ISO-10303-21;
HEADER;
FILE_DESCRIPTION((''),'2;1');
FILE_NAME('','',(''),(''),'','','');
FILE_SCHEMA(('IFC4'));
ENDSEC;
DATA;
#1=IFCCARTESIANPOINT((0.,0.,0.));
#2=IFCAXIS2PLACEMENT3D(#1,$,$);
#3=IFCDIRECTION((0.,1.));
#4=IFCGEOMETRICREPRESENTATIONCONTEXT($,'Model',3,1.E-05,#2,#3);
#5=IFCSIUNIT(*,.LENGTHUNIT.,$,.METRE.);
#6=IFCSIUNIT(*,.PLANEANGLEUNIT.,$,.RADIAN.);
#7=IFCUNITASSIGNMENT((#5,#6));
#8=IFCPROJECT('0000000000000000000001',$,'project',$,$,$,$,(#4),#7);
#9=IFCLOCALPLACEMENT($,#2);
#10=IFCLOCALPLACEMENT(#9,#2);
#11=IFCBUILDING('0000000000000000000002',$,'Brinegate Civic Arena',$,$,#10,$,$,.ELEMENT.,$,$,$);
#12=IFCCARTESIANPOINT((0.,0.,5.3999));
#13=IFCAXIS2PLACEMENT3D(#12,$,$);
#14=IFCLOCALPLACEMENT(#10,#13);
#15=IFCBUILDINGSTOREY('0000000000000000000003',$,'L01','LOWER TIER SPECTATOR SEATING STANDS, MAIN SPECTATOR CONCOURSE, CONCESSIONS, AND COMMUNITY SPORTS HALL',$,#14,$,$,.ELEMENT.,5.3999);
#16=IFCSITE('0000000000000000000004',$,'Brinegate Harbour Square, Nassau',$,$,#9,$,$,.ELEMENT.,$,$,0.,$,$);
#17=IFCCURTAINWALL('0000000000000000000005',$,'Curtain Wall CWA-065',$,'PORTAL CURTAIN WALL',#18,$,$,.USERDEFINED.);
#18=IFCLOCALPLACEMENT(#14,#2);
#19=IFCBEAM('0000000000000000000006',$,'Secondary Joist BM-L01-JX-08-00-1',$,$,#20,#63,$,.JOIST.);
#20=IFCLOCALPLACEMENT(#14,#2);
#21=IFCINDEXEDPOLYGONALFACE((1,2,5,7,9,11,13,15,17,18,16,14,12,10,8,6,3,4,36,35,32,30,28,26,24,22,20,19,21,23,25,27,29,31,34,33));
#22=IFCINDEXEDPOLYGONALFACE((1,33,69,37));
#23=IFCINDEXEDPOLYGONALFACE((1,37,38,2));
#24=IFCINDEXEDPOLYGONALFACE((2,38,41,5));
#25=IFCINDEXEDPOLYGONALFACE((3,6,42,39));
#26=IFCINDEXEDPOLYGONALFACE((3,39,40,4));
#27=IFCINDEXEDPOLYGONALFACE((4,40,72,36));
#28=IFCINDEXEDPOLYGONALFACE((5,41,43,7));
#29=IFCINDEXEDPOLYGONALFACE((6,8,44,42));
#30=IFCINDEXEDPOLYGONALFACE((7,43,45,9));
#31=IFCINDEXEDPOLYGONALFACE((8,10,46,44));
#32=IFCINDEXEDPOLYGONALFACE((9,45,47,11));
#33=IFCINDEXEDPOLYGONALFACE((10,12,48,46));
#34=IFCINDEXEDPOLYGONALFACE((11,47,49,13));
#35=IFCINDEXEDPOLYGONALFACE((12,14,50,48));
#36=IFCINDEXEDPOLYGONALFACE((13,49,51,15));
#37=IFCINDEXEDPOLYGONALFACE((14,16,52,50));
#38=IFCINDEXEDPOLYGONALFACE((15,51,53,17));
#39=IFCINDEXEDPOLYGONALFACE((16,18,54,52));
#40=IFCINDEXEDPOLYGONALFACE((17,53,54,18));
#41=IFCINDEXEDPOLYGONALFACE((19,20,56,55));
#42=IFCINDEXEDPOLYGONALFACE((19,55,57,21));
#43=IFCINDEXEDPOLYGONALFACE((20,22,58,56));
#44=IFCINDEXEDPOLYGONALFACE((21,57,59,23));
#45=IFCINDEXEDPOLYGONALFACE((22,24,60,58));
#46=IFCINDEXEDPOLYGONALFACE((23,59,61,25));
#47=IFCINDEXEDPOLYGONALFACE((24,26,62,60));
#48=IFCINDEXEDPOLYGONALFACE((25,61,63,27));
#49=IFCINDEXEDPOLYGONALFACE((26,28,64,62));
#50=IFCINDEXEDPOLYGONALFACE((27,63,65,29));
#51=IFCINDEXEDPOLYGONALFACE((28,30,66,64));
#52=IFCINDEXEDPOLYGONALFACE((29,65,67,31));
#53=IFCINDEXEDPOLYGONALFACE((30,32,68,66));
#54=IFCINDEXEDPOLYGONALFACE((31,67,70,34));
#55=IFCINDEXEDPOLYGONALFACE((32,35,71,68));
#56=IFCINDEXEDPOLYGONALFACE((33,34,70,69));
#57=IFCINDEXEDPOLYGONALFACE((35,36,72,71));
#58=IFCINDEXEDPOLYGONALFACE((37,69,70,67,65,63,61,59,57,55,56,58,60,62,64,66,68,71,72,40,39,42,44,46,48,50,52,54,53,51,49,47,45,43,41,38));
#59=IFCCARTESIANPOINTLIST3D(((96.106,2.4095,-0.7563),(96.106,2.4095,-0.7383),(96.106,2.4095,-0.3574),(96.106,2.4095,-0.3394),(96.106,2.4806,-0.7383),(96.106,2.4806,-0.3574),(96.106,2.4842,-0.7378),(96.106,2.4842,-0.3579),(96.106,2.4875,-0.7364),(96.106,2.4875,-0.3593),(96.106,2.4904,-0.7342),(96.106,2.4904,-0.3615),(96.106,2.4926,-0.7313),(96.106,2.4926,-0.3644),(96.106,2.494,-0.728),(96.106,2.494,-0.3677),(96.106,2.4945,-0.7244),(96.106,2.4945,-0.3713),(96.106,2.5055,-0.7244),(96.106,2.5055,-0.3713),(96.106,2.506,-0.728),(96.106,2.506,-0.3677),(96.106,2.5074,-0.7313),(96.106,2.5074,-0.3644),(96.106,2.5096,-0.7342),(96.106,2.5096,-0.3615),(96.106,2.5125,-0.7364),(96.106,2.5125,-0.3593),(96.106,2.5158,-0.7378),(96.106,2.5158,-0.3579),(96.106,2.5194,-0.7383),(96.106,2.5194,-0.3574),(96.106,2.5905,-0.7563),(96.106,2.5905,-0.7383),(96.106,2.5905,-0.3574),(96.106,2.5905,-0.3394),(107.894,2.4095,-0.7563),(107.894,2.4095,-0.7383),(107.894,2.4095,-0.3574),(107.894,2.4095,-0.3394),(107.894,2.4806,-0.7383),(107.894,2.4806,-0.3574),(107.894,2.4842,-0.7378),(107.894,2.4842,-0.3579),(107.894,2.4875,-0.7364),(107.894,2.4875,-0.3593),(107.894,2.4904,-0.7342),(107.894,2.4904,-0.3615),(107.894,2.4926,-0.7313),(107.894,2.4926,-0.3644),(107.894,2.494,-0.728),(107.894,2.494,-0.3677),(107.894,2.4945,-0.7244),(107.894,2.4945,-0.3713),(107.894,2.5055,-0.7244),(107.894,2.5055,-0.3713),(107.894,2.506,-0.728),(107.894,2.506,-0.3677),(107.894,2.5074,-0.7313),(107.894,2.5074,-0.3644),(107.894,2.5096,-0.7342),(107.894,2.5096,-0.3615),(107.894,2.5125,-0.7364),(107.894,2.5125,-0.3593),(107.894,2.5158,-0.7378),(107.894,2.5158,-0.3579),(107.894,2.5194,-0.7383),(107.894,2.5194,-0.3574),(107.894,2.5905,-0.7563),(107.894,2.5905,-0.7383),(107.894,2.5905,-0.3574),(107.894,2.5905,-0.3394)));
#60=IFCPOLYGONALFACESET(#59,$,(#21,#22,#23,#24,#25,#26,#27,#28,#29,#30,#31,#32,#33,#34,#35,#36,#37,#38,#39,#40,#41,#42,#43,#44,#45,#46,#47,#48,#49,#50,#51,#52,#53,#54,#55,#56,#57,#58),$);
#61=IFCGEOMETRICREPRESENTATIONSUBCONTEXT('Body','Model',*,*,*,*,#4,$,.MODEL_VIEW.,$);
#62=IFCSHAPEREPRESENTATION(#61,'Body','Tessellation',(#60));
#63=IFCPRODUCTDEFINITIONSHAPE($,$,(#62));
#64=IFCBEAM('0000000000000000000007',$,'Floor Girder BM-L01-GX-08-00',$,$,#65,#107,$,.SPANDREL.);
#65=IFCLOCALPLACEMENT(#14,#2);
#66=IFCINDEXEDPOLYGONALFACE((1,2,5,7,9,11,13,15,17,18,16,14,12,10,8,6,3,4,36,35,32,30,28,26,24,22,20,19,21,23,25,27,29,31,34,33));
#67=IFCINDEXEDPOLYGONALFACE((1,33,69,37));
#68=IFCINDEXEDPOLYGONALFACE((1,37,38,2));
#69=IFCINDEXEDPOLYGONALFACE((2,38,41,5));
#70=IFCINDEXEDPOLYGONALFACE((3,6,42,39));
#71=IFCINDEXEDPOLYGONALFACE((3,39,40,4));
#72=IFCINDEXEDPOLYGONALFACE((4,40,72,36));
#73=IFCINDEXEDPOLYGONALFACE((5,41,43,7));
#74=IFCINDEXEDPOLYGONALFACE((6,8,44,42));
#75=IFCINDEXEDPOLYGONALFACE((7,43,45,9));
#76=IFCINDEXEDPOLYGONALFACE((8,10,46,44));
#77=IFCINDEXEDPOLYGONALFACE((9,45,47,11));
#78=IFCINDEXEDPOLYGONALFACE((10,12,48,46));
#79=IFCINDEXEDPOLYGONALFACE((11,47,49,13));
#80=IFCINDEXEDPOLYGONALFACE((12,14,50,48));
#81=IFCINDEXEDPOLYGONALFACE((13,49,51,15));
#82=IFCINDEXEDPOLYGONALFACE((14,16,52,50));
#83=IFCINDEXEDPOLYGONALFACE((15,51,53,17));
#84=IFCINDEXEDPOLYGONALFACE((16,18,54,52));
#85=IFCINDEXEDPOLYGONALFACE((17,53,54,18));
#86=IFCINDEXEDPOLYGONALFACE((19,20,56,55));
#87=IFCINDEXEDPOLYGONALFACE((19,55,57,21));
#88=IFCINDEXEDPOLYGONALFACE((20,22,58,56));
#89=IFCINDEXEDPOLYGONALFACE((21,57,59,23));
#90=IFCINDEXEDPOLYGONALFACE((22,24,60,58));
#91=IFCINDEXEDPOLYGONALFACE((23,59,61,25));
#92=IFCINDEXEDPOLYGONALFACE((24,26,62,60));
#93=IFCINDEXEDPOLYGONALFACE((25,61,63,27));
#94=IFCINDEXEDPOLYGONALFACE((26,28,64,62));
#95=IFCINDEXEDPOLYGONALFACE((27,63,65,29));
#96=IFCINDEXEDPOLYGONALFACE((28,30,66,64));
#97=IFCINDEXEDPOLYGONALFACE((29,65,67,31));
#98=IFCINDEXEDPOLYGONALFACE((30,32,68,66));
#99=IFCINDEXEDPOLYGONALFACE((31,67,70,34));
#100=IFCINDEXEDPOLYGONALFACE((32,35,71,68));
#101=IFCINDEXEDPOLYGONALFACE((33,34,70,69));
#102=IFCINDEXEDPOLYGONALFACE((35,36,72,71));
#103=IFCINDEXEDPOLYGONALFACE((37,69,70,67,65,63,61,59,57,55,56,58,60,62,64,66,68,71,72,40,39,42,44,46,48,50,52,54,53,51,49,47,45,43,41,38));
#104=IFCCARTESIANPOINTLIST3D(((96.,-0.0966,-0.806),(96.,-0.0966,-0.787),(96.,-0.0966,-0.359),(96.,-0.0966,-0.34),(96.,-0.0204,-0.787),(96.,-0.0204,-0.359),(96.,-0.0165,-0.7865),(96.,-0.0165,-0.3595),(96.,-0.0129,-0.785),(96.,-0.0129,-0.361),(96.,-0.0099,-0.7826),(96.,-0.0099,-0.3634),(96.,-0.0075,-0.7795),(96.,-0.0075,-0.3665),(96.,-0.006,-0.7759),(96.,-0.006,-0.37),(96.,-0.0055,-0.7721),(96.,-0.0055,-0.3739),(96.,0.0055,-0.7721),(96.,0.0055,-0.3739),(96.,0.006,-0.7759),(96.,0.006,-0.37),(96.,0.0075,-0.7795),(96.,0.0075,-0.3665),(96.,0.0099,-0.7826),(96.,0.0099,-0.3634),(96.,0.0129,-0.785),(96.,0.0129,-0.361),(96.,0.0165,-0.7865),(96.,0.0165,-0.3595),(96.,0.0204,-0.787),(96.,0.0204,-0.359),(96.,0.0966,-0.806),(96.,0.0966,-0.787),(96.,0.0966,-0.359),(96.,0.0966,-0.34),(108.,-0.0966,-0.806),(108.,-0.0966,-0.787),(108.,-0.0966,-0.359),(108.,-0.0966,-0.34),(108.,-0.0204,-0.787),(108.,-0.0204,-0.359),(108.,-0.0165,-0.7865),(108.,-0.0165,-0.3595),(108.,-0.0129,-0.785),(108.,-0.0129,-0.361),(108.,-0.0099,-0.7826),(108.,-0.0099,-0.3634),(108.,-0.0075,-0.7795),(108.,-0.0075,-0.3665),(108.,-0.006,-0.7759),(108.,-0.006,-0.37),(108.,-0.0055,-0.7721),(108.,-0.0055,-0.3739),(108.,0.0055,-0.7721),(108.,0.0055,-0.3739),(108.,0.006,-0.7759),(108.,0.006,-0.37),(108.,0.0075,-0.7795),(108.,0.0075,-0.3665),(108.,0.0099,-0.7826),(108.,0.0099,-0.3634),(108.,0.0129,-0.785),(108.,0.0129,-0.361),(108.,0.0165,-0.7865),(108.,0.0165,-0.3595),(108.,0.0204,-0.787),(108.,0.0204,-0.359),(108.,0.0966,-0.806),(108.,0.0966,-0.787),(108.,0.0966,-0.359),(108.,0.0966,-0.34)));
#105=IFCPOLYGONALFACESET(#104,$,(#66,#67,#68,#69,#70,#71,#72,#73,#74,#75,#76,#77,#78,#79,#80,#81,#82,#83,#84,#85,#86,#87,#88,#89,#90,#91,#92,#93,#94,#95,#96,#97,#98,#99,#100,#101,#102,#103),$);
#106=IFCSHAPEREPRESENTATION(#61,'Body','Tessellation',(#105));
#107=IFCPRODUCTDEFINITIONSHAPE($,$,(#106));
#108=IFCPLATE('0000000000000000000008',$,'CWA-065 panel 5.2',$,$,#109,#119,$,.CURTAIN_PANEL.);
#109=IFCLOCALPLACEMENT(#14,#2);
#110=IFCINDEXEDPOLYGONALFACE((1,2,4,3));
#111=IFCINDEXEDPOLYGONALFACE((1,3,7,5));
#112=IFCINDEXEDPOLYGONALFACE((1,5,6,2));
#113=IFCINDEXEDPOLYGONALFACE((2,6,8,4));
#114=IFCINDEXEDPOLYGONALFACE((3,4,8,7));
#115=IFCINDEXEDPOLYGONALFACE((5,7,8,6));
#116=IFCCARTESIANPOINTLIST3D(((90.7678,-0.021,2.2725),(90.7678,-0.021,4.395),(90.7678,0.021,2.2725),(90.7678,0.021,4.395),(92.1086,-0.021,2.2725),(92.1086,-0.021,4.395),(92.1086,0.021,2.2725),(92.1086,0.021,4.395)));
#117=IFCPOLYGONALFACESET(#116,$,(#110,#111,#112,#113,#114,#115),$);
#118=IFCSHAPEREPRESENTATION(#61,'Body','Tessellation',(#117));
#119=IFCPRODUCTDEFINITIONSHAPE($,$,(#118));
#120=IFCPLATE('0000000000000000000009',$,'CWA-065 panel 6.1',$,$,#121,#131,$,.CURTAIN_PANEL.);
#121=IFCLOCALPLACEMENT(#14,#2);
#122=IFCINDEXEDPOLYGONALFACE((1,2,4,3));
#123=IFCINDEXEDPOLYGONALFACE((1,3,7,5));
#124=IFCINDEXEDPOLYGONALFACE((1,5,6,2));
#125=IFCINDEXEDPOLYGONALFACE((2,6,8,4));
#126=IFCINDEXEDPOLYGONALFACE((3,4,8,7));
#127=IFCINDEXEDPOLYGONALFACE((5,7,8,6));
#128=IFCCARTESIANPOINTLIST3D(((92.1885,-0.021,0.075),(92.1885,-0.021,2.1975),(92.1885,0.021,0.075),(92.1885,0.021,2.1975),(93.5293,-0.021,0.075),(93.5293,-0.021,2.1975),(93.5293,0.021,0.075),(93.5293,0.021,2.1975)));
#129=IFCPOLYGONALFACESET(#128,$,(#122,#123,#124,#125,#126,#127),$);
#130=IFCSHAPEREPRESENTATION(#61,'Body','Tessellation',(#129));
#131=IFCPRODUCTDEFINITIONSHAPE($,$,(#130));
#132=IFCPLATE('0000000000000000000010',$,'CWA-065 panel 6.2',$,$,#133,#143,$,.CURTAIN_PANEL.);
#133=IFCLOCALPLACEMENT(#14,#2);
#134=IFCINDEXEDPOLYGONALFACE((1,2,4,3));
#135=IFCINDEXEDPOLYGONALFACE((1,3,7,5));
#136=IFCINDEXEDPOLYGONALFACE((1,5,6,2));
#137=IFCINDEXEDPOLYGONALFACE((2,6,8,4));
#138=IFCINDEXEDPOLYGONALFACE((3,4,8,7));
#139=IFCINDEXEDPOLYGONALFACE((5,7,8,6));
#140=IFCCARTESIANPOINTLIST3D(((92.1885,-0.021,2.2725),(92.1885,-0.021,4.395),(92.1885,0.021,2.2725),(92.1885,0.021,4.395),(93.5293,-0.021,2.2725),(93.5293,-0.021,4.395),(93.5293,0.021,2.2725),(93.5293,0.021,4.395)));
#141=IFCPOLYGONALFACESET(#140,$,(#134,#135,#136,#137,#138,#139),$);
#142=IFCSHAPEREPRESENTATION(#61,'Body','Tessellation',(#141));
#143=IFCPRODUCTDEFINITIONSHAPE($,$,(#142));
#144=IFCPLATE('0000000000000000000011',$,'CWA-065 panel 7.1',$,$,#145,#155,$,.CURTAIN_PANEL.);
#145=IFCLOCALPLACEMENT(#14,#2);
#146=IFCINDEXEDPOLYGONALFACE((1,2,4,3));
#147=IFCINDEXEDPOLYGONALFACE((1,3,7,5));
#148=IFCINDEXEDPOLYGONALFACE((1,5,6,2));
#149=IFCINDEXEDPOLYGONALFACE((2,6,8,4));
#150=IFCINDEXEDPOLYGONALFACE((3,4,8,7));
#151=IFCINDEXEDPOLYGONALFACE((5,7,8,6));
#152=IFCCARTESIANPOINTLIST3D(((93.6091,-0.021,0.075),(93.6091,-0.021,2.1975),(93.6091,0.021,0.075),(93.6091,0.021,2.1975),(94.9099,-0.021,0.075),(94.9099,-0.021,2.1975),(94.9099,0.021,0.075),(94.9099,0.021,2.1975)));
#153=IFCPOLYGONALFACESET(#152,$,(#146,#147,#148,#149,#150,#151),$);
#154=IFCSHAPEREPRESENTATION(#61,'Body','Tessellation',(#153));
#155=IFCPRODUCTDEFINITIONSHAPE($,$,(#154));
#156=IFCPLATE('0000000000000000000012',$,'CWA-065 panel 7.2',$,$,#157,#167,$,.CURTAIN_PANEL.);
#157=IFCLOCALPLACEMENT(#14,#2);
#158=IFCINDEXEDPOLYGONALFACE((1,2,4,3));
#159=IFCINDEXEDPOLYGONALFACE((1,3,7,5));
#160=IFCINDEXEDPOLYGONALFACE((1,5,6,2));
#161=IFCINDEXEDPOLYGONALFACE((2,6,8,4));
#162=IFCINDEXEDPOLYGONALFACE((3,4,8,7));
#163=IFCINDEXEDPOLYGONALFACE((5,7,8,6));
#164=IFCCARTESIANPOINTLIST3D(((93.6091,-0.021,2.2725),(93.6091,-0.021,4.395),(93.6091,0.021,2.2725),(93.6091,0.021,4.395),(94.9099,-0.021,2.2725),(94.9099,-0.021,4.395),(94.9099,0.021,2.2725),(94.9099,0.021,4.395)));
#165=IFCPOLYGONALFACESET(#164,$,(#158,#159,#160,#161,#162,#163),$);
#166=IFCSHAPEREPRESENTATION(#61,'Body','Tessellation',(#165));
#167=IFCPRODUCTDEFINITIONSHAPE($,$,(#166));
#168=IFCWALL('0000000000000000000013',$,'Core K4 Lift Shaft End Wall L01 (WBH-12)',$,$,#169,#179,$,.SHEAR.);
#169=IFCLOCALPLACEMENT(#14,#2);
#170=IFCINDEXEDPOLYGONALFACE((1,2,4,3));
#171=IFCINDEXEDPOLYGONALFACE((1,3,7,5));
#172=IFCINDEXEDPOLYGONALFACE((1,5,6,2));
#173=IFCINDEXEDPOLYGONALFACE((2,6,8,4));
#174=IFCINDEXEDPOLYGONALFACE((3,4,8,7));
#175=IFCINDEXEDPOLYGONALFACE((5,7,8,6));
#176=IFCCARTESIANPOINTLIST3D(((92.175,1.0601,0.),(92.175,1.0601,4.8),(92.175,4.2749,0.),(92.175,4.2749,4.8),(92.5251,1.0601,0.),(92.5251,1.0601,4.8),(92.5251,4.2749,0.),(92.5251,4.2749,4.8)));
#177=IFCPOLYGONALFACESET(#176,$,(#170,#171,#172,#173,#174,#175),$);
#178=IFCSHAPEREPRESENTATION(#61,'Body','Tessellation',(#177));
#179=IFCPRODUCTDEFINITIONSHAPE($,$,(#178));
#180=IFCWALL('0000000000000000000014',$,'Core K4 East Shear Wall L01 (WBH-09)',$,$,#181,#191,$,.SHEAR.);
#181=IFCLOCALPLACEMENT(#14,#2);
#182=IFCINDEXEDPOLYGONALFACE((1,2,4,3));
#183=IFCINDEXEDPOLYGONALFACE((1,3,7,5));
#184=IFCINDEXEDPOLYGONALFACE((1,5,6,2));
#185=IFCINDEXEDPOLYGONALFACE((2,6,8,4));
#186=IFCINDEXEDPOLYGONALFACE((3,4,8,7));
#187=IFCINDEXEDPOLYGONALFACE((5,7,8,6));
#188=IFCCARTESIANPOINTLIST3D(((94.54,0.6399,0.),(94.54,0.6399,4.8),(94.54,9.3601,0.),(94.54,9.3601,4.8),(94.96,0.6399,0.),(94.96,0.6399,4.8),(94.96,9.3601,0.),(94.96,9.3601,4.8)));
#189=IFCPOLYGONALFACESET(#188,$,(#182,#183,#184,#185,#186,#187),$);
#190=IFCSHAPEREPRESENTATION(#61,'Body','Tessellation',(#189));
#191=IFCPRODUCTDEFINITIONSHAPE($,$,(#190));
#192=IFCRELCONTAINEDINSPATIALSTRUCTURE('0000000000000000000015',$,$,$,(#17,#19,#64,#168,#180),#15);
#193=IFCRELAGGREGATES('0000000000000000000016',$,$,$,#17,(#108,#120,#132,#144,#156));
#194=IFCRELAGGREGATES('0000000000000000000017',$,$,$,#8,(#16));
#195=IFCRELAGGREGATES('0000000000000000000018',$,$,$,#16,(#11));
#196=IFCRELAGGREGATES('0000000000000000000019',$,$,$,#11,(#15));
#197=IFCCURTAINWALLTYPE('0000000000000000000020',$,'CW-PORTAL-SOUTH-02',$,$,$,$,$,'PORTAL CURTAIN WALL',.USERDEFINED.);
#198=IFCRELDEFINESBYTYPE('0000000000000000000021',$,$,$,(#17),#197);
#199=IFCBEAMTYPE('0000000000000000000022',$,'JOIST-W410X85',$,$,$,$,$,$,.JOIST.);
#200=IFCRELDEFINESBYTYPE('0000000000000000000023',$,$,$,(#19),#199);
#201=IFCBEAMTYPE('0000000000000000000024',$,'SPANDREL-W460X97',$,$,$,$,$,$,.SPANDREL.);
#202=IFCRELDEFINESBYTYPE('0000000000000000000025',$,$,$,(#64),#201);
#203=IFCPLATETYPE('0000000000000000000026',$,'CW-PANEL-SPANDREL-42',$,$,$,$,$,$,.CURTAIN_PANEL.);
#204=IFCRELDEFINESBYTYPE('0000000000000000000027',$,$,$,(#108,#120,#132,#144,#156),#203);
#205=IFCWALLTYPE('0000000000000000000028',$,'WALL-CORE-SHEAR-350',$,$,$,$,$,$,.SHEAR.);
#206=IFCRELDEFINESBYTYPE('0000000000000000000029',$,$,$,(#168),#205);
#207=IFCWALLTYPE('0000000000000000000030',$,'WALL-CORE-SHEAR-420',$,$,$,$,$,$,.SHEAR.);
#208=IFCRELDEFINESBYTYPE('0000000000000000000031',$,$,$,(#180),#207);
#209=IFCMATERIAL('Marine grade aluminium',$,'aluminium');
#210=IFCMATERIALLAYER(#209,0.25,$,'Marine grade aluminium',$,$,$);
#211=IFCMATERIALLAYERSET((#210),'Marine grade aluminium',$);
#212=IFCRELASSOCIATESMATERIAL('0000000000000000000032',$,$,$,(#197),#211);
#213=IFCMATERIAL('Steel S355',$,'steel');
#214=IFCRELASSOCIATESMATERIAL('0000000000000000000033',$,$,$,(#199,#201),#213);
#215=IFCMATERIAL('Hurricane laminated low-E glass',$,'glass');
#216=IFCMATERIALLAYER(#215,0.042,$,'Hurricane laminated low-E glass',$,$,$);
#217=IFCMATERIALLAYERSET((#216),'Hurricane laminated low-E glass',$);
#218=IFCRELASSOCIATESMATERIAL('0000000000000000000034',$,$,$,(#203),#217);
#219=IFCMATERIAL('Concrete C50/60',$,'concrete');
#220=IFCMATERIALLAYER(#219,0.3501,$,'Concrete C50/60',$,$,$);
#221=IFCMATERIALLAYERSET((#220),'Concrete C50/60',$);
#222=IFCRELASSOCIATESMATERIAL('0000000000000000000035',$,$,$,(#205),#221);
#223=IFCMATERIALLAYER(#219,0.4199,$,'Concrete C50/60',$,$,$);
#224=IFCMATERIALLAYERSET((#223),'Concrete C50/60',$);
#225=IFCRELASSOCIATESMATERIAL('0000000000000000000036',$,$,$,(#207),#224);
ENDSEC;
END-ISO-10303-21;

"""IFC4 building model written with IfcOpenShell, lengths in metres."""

from ifc_helpers import new_model, si_unit, direction, frame, frame_2d, origin, origin_2d, place, context, subcontext, project, spatial, rectangle, i_section, extrude, material, layer, layer_set, material_profile, profile_set, type_object, element, aggregate, save


model = new_model("IFC4")

# Units and contexts
model_context = context("Model", 3, precision=1e-05, world=origin(), true_north=direction((0.0, 1.0)))
body_context = subcontext(model_context, "Body", "Model", "MODEL_VIEW")
ifc_project = project(units=[si_unit("LENGTHUNIT", "METRE"), si_unit("PLANEANGLEUNIT", "RADIAN")], contexts=[model_context])

# Site, building, storey
site_placement = place(None, origin())
site = spatial("IfcSite", under=ifc_project, at=site_placement, Name="Brinegate Harbour Square, Nassau", CompositionType="ELEMENT", RefElevation=0.0)
building_placement = place(site_placement, origin())
building = spatial("IfcBuilding", under=site, at=building_placement, Name="Brinegate Civic Arena", CompositionType="ELEMENT")
storey_placement = place(building_placement, frame((0.0, 0.0, 5.3999)))
storey = spatial("IfcBuildingStorey", under=building, at=storey_placement, Name="L01", Description="LOWER TIER SPECTATOR SEATING STANDS, MAIN SPECTATOR CONCOURSE, CONCESSIONS, AND COMMUNITY SPORTS HALL", CompositionType="ELEMENT", Elevation=5.3999)

# Shared definitions
ifc_material_1 = material(Name="Concrete C50/60", Category="concrete")

# Curtain wall
ifc_material_2 = material(Name="Marine grade aluminium", Category="aluminium")
ifc_layer_1 = layer(ifc_material_2, 0.25, Name="Marine grade aluminium")
ifc_layer_set_1 = layer_set([ifc_layer_1], Name="Marine grade aluminium")
curtain_wall_type = type_object("IfcCurtainWallType", Name="CW-PORTAL-SOUTH-02", ElementType="PORTAL CURTAIN WALL", PredefinedType="USERDEFINED", material=ifc_layer_set_1)
curtain_wall_placement = place(storey_placement, origin())
curtain_wall = element("IfcCurtainWall", 1, at=curtain_wall_placement, inside=storey, type_object=curtain_wall_type, Name="Curtain Wall CWA-065", ObjectType="PORTAL CURTAIN WALL", PredefinedType="USERDEFINED")

# Beams
ifc_material_3 = material(Name="Steel S355", Category="steel")
ifc_material_profile_1 = material_profile(ifc_material_3, i_section(OverallWidth=0.1809, OverallDepth=0.417, WebThickness=0.011, FlangeThickness=0.0181, FilletRadius=0.0139, at=origin_2d()), Name="W410X85")
ifc_profile_set_1 = profile_set([ifc_material_profile_1], Name="Steel S355")
beam_type_1 = type_object("IfcBeamType", Name="JOIST-W410X85", PredefinedType="JOIST", material=ifc_profile_set_1)
beam_1_placement = place(storey_placement, frame((96.106, 2.5, -0.5479), z_axis=(1.0, 0.0, 0.0), x_axis=(0.0, 1.0, 0.0)))
element("IfcBeam", 2, at=beam_1_placement, inside=storey, type_object=beam_type_1, Name="Secondary Joist BM-L01-JX-08-00-1", PredefinedType="JOIST", context=body_context, shape_type="SweptSolid", body=[
    extrude(i_section(OverallWidth=0.1809, OverallDepth=0.417, WebThickness=0.011, FlangeThickness=0.0181, FilletRadius=0.0139, at=origin_2d()), origin(), (0.0, 0.0, 1.0), 11.7881),
])
ifc_material_profile_2 = material_profile(ifc_material_3, i_section(OverallWidth=0.1931, OverallDepth=0.4661, WebThickness=0.011, FlangeThickness=0.019, FilletRadius=0.0149, at=origin_2d()), Name="W460X97")
ifc_profile_set_2 = profile_set([ifc_material_profile_2], Name="Steel S355")
beam_type_2 = type_object("IfcBeamType", Name="SPANDREL-W460X97", PredefinedType="SPANDREL", material=ifc_profile_set_2)
beam_2_placement = place(storey_placement, frame((96.0, 0.0, -0.573), z_axis=(1.0, 0.0, 0.0), x_axis=(0.0, 1.0, 0.0)))
element("IfcBeam", 3, at=beam_2_placement, inside=storey, type_object=beam_type_2, Name="Floor Girder BM-L01-GX-08-00", PredefinedType="SPANDREL", context=body_context, shape_type="SweptSolid", body=[
    extrude(i_section(OverallWidth=0.1931, OverallDepth=0.4661, WebThickness=0.011, FlangeThickness=0.019, FilletRadius=0.0149, at=origin_2d()), origin(), (0.0, 0.0, 1.0), 12.0),
])

# Plates
ifc_material_4 = material(Name="Hurricane laminated low-E glass", Category="glass")
ifc_layer_2 = layer(ifc_material_4, 0.042, Name="Hurricane laminated low-E glass")
ifc_layer_set_2 = layer_set([ifc_layer_2], Name="Hurricane laminated low-E glass")
plate_type = type_object("IfcPlateType", Name="CW-PANEL-SPANDREL-42", PredefinedType="CURTAIN_PANEL", material=ifc_layer_set_2)
plate_1_placement = place(storey_placement, frame((91.4382, 0.0, 2.2725), z_axis=(0.0, 0.0, 1.0), x_axis=(1.0, 0.0, 0.0)))
plate_1 = element("IfcPlate", 4, at=plate_1_placement, type_object=plate_type, Name="CWA-065 panel 5.2", PredefinedType="CURTAIN_PANEL", context=body_context, shape_type="SweptSolid", body=[
    extrude(rectangle(XDim=1.3408, YDim=0.042, at=origin_2d()), origin(), (0.0, 0.0, 1.0), 2.1226),
])
plate_2_placement = place(storey_placement, frame((92.8589, 0.0, 0.075), z_axis=(0.0, 0.0, 1.0), x_axis=(1.0, 0.0, 0.0)))
plate_2 = element("IfcPlate", 5, at=plate_2_placement, type_object=plate_type, Name="CWA-065 panel 6.1", PredefinedType="CURTAIN_PANEL", context=body_context, shape_type="SweptSolid", body=[
    extrude(rectangle(XDim=1.3408, YDim=0.042, at=origin_2d()), origin(), (0.0, 0.0, 1.0), 2.1226),
])
plate_3_placement = place(storey_placement, frame((92.8589, 0.0, 2.2725), z_axis=(0.0, 0.0, 1.0), x_axis=(1.0, 0.0, 0.0)))
plate_3 = element("IfcPlate", 6, at=plate_3_placement, type_object=plate_type, Name="CWA-065 panel 6.2", PredefinedType="CURTAIN_PANEL", context=body_context, shape_type="SweptSolid", body=[
    extrude(rectangle(XDim=1.3408, YDim=0.042, at=origin_2d()), origin(), (0.0, 0.0, 1.0), 2.1226),
])
plate_4_placement = place(storey_placement, frame((94.2595, 0.0, 0.075), z_axis=(0.0, 0.0, 1.0), x_axis=(1.0, 0.0, 0.0)))
plate_4 = element("IfcPlate", 7, at=plate_4_placement, type_object=plate_type, Name="CWA-065 panel 7.1", PredefinedType="CURTAIN_PANEL", context=body_context, shape_type="SweptSolid", body=[
    extrude(rectangle(XDim=1.3008, YDim=0.042, at=origin_2d()), origin(), (0.0, 0.0, 1.0), 2.1226),
])
plate_5_placement = place(storey_placement, frame((94.2595, 0.0, 2.2725), z_axis=(0.0, 0.0, 1.0), x_axis=(1.0, 0.0, 0.0)))
plate_5 = element("IfcPlate", 8, at=plate_5_placement, type_object=plate_type, Name="CWA-065 panel 7.2", PredefinedType="CURTAIN_PANEL", context=body_context, shape_type="SweptSolid", body=[
    extrude(rectangle(XDim=1.3008, YDim=0.042, at=origin_2d()), origin(), (0.0, 0.0, 1.0), 2.1226),
])
aggregate(curtain_wall, [plate_1, plate_2, plate_3, plate_4, plate_5])

# Walls
ifc_layer_3 = layer(ifc_material_1, 0.3501, Name="Concrete C50/60")
ifc_layer_set_3 = layer_set([ifc_layer_3], Name="Concrete C50/60")
wall_type_1 = type_object("IfcWallType", Name="WALL-CORE-SHEAR-350", PredefinedType="SHEAR", material=ifc_layer_set_3)
wall_1_placement = place(storey_placement, frame((92.3501, 1.0601, 0.0), z_axis=(0.0, 0.0, 1.0), x_axis=(0.0, 1.0, 0.0)))
element("IfcWall", 9, at=wall_1_placement, inside=storey, type_object=wall_type_1, Name="Core K4 Lift Shaft End Wall L01 (WBH-12)", PredefinedType="SHEAR", context=body_context, shape_type="SweptSolid", body=[
    extrude(rectangle(XDim=3.2148, YDim=0.3501, at=frame_2d((1.6074, 0.0))), origin(), (0.0, 0.0, 1.0), 4.8),
])
ifc_layer_4 = layer(ifc_material_1, 0.4199, Name="Concrete C50/60")
ifc_layer_set_4 = layer_set([ifc_layer_4], Name="Concrete C50/60")
wall_type_2 = type_object("IfcWallType", Name="WALL-CORE-SHEAR-420", PredefinedType="SHEAR", material=ifc_layer_set_4)
wall_2_placement = place(storey_placement, frame((94.75, 0.6399, 0.0), z_axis=(0.0, 0.0, 1.0), x_axis=(0.0, 1.0, 0.0)))
element("IfcWall", 10, at=wall_2_placement, inside=storey, type_object=wall_type_2, Name="Core K4 East Shear Wall L01 (WBH-09)", PredefinedType="SHEAR", context=body_context, shape_type="SweptSolid", body=[
    extrude(rectangle(XDim=8.7202, YDim=0.4199, at=frame_2d((4.3601, 0.0))), origin(), (0.0, 0.0, 1.0), 4.8),
])

save(model, "model.ifc")
